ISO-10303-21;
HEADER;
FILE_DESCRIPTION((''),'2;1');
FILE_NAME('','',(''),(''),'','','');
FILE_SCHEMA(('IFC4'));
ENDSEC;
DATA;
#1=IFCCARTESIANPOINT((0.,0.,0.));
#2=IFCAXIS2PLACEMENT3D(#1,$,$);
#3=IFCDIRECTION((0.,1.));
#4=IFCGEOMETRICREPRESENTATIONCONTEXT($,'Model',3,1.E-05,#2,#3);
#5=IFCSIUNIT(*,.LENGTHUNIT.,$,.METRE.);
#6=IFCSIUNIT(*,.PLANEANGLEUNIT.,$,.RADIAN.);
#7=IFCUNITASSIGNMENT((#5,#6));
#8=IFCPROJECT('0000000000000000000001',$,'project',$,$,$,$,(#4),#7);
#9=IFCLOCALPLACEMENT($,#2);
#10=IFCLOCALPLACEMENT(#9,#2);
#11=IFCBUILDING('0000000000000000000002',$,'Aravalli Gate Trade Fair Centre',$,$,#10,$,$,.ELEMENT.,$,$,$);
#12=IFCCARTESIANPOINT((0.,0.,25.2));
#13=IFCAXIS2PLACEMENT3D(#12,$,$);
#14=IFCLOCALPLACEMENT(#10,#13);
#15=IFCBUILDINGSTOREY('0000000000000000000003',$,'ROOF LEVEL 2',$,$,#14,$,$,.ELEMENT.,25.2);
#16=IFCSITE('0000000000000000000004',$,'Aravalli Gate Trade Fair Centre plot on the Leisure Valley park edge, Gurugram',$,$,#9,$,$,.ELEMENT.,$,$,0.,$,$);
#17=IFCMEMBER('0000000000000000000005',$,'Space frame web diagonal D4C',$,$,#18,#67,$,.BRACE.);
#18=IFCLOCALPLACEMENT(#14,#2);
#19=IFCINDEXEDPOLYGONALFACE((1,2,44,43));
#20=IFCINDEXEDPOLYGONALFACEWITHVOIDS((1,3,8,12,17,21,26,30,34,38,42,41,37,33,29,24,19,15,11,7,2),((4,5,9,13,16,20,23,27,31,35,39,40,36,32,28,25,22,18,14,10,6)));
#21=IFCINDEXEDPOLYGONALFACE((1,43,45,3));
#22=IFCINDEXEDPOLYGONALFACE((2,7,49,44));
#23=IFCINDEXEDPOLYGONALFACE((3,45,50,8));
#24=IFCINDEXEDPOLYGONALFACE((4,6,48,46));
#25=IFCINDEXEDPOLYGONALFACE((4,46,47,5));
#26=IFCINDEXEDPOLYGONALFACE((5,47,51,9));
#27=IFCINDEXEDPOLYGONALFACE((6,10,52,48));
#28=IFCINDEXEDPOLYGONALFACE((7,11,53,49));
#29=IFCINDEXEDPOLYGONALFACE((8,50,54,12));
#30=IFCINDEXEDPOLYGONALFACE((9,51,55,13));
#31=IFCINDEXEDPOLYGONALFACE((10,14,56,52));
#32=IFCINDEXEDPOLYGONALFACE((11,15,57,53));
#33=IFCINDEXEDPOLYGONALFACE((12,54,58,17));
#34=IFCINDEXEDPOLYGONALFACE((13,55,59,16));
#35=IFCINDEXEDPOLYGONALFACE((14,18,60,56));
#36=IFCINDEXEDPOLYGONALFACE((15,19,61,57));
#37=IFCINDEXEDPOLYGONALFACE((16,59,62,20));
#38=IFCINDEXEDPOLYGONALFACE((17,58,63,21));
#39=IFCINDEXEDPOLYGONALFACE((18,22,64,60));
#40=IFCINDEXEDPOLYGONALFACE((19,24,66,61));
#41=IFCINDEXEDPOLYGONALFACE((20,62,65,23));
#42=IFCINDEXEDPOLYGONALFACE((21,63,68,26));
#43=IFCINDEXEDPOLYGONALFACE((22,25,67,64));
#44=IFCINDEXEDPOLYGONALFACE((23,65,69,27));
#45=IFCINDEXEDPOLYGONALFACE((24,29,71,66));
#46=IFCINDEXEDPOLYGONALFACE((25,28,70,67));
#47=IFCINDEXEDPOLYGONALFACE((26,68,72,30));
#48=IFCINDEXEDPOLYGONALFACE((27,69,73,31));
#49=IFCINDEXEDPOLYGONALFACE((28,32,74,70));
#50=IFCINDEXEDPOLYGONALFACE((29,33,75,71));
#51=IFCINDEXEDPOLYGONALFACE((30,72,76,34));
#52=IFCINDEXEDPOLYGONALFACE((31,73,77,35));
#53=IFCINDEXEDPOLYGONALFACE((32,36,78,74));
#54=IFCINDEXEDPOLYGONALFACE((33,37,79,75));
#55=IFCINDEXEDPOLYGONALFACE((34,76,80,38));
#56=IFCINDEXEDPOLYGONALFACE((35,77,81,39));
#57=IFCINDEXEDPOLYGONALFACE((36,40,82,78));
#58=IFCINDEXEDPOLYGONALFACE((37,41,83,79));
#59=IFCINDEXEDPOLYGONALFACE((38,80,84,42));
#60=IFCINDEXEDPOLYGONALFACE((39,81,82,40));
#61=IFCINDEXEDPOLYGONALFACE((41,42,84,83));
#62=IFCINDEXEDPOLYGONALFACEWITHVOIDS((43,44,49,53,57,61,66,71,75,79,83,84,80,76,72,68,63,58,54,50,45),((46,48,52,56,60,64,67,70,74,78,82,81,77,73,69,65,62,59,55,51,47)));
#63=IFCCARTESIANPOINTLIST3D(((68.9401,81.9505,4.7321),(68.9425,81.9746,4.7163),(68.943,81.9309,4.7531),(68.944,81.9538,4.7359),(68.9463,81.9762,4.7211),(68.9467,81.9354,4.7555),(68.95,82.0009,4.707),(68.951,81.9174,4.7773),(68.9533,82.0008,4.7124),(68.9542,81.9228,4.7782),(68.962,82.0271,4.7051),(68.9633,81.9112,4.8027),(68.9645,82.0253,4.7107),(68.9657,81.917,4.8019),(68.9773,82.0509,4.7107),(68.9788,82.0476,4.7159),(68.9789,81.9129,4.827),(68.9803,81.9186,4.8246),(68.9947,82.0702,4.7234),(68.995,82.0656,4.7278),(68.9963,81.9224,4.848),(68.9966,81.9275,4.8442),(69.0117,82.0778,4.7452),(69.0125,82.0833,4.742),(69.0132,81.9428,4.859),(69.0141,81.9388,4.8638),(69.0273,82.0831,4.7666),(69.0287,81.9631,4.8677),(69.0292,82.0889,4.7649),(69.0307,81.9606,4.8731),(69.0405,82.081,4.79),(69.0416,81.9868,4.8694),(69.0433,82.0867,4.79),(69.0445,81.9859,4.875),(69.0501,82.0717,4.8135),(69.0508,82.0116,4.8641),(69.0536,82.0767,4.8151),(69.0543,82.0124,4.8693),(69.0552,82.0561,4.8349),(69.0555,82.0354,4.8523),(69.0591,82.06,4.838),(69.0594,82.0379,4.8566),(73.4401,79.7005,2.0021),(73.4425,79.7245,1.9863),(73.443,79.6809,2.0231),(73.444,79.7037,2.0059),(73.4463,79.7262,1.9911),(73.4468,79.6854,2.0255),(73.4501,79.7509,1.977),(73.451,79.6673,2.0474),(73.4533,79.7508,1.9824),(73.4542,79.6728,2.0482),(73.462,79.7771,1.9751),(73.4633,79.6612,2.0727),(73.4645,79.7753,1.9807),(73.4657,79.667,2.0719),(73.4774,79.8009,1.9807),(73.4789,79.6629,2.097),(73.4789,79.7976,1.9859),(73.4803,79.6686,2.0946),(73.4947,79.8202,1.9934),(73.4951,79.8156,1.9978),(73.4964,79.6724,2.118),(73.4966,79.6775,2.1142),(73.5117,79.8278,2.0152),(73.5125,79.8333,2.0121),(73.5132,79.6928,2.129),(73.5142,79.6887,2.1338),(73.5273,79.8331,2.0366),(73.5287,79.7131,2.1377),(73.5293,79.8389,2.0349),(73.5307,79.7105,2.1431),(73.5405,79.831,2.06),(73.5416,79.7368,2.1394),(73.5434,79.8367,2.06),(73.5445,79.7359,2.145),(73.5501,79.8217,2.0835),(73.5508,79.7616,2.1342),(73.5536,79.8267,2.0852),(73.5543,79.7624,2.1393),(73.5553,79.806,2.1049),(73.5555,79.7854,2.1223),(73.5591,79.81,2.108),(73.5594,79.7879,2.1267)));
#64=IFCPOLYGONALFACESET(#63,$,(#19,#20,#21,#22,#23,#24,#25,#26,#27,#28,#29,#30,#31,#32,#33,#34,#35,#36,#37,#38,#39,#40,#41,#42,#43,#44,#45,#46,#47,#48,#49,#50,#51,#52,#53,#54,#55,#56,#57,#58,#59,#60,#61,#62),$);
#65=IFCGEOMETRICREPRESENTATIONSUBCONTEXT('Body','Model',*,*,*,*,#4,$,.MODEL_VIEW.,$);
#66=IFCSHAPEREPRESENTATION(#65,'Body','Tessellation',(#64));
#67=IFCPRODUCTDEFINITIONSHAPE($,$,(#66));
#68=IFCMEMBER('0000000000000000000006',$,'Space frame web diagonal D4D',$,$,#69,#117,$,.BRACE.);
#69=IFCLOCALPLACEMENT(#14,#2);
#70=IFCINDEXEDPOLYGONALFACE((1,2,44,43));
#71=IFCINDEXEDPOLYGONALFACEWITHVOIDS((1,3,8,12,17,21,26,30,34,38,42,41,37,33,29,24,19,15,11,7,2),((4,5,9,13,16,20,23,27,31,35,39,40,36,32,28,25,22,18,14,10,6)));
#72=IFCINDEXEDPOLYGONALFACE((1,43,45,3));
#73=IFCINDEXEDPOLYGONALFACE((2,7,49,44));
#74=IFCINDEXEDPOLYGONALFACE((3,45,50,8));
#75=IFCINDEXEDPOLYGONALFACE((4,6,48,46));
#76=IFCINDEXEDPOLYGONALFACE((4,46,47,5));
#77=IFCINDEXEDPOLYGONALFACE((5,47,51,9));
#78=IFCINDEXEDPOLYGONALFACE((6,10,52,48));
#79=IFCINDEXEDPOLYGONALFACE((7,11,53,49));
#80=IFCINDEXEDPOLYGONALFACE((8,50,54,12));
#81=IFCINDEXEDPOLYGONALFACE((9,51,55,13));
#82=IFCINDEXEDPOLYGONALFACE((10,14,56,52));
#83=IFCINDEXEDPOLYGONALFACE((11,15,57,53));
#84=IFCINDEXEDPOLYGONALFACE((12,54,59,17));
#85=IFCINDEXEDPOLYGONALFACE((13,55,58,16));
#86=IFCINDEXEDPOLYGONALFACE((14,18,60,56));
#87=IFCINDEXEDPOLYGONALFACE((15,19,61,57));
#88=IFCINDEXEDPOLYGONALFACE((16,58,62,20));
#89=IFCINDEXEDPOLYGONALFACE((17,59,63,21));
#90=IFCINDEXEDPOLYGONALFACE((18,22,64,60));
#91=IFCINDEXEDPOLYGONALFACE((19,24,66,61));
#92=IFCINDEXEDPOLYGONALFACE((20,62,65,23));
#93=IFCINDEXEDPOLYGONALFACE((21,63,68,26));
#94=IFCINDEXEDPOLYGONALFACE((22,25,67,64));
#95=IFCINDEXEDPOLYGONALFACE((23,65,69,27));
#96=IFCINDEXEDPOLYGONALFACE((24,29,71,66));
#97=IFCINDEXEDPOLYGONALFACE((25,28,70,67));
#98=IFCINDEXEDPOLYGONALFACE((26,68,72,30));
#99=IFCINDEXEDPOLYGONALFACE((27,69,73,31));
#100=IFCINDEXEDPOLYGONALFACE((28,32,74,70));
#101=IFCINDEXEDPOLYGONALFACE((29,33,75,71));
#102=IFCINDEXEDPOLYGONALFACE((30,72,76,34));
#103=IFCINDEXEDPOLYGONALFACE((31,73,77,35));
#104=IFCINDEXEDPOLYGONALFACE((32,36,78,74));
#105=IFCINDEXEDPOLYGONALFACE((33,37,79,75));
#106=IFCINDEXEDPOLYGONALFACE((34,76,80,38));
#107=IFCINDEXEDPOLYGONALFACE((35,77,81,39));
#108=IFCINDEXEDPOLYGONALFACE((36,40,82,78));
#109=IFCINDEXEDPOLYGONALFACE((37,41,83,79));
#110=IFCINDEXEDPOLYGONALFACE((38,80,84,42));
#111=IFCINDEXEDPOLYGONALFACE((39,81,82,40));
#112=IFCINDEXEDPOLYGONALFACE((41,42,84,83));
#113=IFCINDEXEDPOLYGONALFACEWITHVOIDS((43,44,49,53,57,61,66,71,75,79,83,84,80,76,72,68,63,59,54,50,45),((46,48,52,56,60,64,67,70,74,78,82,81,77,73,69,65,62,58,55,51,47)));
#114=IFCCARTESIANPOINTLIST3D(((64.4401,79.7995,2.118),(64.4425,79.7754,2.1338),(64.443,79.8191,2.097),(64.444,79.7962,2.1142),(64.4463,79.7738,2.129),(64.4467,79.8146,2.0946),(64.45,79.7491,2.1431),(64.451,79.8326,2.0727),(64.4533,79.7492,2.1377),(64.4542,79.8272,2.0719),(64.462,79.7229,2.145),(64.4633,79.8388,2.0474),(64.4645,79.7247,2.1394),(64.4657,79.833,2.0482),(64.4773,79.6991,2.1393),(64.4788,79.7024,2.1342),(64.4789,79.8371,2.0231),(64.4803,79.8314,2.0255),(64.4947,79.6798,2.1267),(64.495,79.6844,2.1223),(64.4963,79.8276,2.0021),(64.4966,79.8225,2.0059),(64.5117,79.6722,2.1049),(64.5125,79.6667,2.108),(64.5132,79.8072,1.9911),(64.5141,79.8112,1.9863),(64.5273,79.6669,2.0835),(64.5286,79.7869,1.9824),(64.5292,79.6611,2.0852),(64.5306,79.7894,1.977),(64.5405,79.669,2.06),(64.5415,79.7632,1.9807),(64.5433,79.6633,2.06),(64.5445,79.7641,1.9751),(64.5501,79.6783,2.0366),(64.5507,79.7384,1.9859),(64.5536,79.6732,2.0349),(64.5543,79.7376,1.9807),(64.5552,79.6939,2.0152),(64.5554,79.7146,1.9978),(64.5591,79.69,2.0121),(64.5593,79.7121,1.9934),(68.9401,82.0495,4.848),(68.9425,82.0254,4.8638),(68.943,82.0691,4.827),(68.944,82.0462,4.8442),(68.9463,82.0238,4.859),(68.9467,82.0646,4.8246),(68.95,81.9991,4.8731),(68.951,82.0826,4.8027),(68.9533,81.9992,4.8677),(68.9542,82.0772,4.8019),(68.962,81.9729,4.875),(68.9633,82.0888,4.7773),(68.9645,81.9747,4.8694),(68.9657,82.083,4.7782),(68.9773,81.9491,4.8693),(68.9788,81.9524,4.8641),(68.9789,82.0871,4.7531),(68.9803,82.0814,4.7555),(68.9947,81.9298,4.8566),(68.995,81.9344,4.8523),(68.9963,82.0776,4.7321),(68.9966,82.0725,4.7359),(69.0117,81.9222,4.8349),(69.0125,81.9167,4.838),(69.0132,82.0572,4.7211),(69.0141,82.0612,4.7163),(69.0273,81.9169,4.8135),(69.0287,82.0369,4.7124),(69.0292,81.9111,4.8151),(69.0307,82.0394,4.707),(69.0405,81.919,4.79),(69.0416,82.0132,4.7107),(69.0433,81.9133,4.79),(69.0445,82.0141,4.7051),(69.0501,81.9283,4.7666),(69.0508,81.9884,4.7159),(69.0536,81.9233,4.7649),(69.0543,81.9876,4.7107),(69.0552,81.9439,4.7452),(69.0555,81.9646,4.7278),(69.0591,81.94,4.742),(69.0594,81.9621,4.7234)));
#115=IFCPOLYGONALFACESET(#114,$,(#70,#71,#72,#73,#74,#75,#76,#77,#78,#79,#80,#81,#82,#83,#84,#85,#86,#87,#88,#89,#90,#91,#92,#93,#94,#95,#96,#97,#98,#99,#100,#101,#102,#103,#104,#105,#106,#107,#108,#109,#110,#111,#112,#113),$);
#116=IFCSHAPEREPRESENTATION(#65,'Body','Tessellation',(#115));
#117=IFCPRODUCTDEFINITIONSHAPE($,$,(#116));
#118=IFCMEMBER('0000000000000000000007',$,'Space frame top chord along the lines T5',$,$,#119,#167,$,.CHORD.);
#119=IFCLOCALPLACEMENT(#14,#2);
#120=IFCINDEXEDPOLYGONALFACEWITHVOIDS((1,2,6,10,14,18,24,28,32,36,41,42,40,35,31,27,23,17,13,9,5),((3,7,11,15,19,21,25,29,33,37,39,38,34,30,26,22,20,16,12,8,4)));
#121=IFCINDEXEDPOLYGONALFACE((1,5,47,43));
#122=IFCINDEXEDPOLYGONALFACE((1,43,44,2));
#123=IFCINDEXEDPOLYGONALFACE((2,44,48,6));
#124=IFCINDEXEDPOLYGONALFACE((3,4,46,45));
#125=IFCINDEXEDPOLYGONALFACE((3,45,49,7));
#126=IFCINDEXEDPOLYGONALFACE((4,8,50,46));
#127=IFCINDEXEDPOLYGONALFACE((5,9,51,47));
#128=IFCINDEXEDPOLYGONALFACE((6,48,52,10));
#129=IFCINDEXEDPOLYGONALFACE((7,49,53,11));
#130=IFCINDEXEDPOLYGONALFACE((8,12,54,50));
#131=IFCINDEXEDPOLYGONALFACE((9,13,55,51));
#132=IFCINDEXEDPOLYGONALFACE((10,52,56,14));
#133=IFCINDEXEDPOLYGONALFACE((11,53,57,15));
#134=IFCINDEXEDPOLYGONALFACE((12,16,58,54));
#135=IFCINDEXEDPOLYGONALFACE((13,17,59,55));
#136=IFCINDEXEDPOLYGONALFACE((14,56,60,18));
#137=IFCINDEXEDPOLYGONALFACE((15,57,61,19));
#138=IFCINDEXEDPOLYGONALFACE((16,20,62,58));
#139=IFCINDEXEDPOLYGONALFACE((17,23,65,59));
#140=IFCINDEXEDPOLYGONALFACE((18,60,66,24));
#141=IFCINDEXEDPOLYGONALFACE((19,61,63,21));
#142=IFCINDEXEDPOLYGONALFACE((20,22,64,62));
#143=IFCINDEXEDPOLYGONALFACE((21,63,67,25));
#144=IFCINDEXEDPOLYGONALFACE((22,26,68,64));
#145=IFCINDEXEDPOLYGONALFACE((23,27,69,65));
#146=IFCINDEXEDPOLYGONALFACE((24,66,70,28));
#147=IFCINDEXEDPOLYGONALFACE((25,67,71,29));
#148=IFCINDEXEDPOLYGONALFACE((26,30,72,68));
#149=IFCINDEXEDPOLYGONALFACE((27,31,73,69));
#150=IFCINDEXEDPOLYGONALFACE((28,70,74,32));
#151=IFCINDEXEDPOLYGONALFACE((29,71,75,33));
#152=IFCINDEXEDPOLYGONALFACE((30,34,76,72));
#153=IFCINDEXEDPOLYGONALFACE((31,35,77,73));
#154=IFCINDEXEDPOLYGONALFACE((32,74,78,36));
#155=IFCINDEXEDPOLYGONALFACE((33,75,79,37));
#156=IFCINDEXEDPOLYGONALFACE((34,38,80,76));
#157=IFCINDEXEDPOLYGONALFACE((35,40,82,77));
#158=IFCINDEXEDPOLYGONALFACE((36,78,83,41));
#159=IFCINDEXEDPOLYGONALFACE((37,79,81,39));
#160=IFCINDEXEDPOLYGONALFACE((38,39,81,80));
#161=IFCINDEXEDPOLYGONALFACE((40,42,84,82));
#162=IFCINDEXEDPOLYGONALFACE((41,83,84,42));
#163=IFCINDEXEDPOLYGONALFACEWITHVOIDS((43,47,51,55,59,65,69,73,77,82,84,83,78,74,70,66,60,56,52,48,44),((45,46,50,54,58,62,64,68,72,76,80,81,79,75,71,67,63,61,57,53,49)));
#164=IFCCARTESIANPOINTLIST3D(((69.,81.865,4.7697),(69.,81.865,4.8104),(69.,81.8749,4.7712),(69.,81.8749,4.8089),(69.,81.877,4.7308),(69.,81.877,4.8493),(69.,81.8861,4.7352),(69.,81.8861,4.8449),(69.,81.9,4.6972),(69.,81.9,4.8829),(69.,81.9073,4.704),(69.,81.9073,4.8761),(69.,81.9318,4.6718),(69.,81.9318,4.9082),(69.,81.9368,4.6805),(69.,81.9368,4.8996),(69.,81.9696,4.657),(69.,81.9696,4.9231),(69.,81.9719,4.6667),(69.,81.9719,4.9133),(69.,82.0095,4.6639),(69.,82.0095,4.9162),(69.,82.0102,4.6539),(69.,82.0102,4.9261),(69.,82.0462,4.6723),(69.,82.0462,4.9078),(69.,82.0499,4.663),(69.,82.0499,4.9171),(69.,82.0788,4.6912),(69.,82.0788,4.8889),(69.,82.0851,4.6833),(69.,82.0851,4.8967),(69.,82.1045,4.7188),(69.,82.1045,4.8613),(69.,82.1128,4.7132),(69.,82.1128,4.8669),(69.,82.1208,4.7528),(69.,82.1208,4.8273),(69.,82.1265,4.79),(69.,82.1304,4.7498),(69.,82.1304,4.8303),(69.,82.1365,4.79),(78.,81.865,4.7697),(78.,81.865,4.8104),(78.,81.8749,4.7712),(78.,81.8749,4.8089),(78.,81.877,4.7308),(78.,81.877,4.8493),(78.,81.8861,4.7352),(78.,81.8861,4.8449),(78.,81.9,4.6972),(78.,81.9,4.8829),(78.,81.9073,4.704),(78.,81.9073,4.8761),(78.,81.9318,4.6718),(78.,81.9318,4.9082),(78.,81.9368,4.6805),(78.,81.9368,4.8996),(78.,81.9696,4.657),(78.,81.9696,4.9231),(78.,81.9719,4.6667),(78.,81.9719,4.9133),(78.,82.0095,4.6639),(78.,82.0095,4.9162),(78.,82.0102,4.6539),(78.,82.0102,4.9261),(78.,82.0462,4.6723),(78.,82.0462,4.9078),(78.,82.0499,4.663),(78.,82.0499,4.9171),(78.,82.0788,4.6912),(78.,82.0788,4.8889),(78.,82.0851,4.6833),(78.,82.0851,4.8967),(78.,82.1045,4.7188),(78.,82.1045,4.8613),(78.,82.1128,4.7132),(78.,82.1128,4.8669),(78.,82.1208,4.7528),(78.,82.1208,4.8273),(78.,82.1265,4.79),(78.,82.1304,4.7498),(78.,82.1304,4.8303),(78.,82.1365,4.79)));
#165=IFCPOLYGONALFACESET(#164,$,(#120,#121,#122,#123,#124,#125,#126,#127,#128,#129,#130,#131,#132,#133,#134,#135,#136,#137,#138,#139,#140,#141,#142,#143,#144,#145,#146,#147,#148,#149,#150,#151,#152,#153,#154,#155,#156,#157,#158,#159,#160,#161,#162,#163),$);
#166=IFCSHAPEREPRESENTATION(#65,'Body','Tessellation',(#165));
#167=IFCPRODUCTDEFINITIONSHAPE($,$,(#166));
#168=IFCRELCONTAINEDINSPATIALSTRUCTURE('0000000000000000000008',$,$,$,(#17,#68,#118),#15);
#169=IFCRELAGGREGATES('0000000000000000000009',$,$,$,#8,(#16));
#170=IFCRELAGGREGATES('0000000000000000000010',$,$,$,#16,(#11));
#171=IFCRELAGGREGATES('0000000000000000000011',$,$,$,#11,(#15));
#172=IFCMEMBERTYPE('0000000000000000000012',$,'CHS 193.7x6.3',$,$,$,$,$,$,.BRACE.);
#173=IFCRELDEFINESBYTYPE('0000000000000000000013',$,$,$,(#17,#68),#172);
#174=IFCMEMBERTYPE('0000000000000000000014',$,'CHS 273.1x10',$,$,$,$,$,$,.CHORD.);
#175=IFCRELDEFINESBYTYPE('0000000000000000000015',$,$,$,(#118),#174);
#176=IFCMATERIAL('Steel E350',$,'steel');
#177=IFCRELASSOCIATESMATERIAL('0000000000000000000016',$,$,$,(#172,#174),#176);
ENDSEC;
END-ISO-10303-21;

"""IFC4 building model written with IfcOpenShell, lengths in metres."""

from ifc_helpers import new_model, si_unit, direction, frame, origin, origin_2d, place, context, subcontext, project, spatial, hollow_circle, extrude, material, material_profile, profile_set, type_object, element, save


model = new_model("IFC4")

# Units and contexts
model_context = context("Model", 3, precision=1e-05, world=origin(), true_north=direction((0.0, 1.0)))
body_context = subcontext(model_context, "Body", "Model", "MODEL_VIEW")
ifc_project = project(units=[si_unit("LENGTHUNIT", "METRE"), si_unit("PLANEANGLEUNIT", "RADIAN")], contexts=[model_context])

# Site, building, storey
site_placement = place(None, origin())
site = spatial("IfcSite", under=ifc_project, at=site_placement, Name="Aravalli Gate Trade Fair Centre plot on the Leisure Valley park edge, Gurugram", CompositionType="ELEMENT", RefElevation=0.0)
building_placement = place(site_placement, origin())
building = spatial("IfcBuilding", under=site, at=building_placement, Name="Aravalli Gate Trade Fair Centre", CompositionType="ELEMENT")
storey_placement = place(building_placement, frame((0.0, 0.0, 25.2)))
storey = spatial("IfcBuildingStorey", under=building, at=storey_placement, Name="ROOF LEVEL 2", CompositionType="ELEMENT", Elevation=25.2)

# Members
ifc_material_1 = material(Name="Steel E350", Category="steel")
ifc_material_profile_1 = material_profile(ifc_material_1, hollow_circle(Radius=0.0969, WallThickness=0.0063, at=origin_2d()), Name="CHS 193.7x6.3")
ifc_profile_set_1 = profile_set([ifc_material_profile_1], Name="Steel E350")
member_type_1 = type_object("IfcMemberType", Name="CHS 193.7x6.3", PredefinedType="BRACE", material=ifc_profile_set_1)
for number, where, z_axis, x_axis, name in (
    (1, (69.0, 82.0, 4.79), (0.78615, -0.393075, -0.476928), (0.447214, 0.894427, 0.0), "Space frame web diagonal D4C"),
    (2, (69.0, 82.0, 4.79), (-0.78615, -0.393075, -0.476928), (0.447214, -0.894427, 0.0), "Space frame web diagonal D4D"),
):
    element("IfcMember", number, at=place(storey_placement, frame(where, z_axis=z_axis, x_axis=x_axis)), inside=storey, type_object=member_type_1, Name=name, PredefinedType="BRACE", context=body_context, shape_type="SweptSolid", body=[
        extrude(hollow_circle(Radius=0.0969, WallThickness=0.0063, at=origin_2d()), origin(), (0.0, 0.0, 1.0), 5.7241),
    ])
ifc_material_profile_2 = material_profile(ifc_material_1, hollow_circle(Radius=0.1365, WallThickness=0.01, at=origin_2d()), Name="CHS 273.1x10")
ifc_profile_set_2 = profile_set([ifc_material_profile_2], Name="Steel E350")
member_type_2 = type_object("IfcMemberType", Name="CHS 273.1x10", PredefinedType="CHORD", material=ifc_profile_set_2)
member_1_placement = place(storey_placement, frame((69.0, 82.0, 4.79), z_axis=(1.0, 0.0, 0.0), x_axis=(0.0, 1.0, 0.0)))
element("IfcMember", 3, at=member_1_placement, inside=storey, type_object=member_type_2, Name="Space frame top chord along the lines T5", PredefinedType="CHORD", context=body_context, shape_type="SweptSolid", body=[
    extrude(hollow_circle(Radius=0.1365, WallThickness=0.01, at=origin_2d()), origin(), (0.0, 0.0, 1.0), 9.0),
])

save(model, "model.ifc")
